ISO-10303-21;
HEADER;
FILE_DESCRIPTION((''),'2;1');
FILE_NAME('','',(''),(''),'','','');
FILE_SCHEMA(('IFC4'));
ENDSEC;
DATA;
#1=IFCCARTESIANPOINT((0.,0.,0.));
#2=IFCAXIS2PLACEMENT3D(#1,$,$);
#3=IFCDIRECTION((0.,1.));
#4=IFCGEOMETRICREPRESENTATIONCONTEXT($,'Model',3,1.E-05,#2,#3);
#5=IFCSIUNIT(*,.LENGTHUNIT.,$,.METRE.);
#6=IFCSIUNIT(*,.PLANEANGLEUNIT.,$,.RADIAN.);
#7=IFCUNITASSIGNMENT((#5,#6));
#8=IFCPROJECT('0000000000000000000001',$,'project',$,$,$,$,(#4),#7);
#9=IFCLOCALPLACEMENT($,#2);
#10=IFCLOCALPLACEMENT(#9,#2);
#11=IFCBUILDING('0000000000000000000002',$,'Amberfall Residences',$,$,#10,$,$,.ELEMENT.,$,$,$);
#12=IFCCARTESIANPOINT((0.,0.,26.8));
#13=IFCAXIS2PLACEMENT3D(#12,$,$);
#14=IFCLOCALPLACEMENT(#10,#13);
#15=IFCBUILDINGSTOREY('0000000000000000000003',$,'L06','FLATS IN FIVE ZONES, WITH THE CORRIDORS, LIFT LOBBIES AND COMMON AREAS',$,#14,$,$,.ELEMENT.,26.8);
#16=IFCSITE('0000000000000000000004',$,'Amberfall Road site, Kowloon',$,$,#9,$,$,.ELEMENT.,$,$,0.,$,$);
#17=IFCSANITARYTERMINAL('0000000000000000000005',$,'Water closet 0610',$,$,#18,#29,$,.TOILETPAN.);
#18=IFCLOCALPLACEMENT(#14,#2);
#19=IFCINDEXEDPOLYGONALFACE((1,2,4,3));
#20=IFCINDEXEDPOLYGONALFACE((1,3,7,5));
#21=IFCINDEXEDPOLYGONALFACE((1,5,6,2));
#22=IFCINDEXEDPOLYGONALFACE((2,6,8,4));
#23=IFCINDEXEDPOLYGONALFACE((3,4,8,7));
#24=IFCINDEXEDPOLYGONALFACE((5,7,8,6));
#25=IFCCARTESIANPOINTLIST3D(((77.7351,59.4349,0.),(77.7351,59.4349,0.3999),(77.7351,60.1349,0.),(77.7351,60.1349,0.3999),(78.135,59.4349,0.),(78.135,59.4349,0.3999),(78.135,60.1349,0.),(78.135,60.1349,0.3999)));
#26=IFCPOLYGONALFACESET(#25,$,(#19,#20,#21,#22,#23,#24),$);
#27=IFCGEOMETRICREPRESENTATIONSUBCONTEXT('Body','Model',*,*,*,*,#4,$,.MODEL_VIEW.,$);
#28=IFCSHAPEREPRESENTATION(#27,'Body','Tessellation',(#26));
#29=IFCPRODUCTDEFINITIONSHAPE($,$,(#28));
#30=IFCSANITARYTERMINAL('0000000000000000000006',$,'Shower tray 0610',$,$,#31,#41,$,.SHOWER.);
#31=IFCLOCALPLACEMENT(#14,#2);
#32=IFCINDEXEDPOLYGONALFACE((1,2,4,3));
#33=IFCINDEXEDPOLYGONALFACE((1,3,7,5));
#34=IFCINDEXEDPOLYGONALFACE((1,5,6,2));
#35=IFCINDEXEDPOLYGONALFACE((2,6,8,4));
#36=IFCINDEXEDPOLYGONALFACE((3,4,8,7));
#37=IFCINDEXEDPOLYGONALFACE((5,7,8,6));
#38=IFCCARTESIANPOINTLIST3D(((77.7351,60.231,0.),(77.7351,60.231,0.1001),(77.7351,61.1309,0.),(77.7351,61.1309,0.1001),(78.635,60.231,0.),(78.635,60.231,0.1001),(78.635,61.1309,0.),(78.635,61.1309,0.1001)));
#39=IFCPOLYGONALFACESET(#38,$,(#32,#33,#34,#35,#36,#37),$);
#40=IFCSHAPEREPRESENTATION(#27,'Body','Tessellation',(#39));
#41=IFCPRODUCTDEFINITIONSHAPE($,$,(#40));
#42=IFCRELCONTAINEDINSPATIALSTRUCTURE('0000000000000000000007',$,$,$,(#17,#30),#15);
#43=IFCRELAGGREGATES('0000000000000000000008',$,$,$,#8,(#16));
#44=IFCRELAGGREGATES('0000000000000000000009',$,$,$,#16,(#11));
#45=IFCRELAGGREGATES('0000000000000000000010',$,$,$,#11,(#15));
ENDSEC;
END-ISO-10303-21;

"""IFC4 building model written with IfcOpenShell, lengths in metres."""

from ifc_helpers import new_model, si_unit, direction, frame, origin, origin_2d, place, context, subcontext, project, spatial, rectangle, extrude, element, save


model = new_model("IFC4")

# Units and contexts
model_context = context("Model", 3, precision=1e-05, world=origin(), true_north=direction((0.0, 1.0)))
body_context = subcontext(model_context, "Body", "Model", "MODEL_VIEW")
ifc_project = project(units=[si_unit("LENGTHUNIT", "METRE"), si_unit("PLANEANGLEUNIT", "RADIAN")], contexts=[model_context])

# Site, building, storey
site_placement = place(None, origin())
site = spatial("IfcSite", under=ifc_project, at=site_placement, Name="Amberfall Road site, Kowloon", CompositionType="ELEMENT", RefElevation=0.0)
building_placement = place(site_placement, origin())
building = spatial("IfcBuilding", under=site, at=building_placement, Name="Amberfall Residences", CompositionType="ELEMENT")
storey_placement = place(building_placement, frame((0.0, 0.0, 26.8)))
storey = spatial("IfcBuildingStorey", under=building, at=storey_placement, Name="L06", Description="FLATS IN FIVE ZONES, WITH THE CORRIDORS, LIFT LOBBIES AND COMMON AREAS", CompositionType="ELEMENT", Elevation=26.8)

# Sanitary terminals
sanitary_terminal_1_placement = place(storey_placement, frame((77.9351, 59.7849, 0.0), z_axis=(0.0, 0.0, 1.0), x_axis=(1.0, 0.0, 0.0)))
element("IfcSanitaryTerminal", 1, at=sanitary_terminal_1_placement, inside=storey, Name="Water closet 0610", PredefinedType="TOILETPAN", context=body_context, shape_type="SweptSolid", body=[
    extrude(rectangle(XDim=0.3999, YDim=0.7, at=origin_2d()), origin(), (0.0, 0.0, 1.0), 0.3999),
])
sanitary_terminal_2_placement = place(storey_placement, frame((78.1851, 60.6809, 0.0), z_axis=(0.0, 0.0, 1.0), x_axis=(1.0, 0.0, 0.0)))
element("IfcSanitaryTerminal", 2, at=sanitary_terminal_2_placement, inside=storey, Name="Shower tray 0610", PredefinedType="SHOWER", context=body_context, shape_type="SweptSolid", body=[
    extrude(rectangle(XDim=0.8999, YDim=0.8999, at=origin_2d()), origin(), (0.0, 0.0, 1.0), 0.1001),
])

save(model, "model.ifc")
